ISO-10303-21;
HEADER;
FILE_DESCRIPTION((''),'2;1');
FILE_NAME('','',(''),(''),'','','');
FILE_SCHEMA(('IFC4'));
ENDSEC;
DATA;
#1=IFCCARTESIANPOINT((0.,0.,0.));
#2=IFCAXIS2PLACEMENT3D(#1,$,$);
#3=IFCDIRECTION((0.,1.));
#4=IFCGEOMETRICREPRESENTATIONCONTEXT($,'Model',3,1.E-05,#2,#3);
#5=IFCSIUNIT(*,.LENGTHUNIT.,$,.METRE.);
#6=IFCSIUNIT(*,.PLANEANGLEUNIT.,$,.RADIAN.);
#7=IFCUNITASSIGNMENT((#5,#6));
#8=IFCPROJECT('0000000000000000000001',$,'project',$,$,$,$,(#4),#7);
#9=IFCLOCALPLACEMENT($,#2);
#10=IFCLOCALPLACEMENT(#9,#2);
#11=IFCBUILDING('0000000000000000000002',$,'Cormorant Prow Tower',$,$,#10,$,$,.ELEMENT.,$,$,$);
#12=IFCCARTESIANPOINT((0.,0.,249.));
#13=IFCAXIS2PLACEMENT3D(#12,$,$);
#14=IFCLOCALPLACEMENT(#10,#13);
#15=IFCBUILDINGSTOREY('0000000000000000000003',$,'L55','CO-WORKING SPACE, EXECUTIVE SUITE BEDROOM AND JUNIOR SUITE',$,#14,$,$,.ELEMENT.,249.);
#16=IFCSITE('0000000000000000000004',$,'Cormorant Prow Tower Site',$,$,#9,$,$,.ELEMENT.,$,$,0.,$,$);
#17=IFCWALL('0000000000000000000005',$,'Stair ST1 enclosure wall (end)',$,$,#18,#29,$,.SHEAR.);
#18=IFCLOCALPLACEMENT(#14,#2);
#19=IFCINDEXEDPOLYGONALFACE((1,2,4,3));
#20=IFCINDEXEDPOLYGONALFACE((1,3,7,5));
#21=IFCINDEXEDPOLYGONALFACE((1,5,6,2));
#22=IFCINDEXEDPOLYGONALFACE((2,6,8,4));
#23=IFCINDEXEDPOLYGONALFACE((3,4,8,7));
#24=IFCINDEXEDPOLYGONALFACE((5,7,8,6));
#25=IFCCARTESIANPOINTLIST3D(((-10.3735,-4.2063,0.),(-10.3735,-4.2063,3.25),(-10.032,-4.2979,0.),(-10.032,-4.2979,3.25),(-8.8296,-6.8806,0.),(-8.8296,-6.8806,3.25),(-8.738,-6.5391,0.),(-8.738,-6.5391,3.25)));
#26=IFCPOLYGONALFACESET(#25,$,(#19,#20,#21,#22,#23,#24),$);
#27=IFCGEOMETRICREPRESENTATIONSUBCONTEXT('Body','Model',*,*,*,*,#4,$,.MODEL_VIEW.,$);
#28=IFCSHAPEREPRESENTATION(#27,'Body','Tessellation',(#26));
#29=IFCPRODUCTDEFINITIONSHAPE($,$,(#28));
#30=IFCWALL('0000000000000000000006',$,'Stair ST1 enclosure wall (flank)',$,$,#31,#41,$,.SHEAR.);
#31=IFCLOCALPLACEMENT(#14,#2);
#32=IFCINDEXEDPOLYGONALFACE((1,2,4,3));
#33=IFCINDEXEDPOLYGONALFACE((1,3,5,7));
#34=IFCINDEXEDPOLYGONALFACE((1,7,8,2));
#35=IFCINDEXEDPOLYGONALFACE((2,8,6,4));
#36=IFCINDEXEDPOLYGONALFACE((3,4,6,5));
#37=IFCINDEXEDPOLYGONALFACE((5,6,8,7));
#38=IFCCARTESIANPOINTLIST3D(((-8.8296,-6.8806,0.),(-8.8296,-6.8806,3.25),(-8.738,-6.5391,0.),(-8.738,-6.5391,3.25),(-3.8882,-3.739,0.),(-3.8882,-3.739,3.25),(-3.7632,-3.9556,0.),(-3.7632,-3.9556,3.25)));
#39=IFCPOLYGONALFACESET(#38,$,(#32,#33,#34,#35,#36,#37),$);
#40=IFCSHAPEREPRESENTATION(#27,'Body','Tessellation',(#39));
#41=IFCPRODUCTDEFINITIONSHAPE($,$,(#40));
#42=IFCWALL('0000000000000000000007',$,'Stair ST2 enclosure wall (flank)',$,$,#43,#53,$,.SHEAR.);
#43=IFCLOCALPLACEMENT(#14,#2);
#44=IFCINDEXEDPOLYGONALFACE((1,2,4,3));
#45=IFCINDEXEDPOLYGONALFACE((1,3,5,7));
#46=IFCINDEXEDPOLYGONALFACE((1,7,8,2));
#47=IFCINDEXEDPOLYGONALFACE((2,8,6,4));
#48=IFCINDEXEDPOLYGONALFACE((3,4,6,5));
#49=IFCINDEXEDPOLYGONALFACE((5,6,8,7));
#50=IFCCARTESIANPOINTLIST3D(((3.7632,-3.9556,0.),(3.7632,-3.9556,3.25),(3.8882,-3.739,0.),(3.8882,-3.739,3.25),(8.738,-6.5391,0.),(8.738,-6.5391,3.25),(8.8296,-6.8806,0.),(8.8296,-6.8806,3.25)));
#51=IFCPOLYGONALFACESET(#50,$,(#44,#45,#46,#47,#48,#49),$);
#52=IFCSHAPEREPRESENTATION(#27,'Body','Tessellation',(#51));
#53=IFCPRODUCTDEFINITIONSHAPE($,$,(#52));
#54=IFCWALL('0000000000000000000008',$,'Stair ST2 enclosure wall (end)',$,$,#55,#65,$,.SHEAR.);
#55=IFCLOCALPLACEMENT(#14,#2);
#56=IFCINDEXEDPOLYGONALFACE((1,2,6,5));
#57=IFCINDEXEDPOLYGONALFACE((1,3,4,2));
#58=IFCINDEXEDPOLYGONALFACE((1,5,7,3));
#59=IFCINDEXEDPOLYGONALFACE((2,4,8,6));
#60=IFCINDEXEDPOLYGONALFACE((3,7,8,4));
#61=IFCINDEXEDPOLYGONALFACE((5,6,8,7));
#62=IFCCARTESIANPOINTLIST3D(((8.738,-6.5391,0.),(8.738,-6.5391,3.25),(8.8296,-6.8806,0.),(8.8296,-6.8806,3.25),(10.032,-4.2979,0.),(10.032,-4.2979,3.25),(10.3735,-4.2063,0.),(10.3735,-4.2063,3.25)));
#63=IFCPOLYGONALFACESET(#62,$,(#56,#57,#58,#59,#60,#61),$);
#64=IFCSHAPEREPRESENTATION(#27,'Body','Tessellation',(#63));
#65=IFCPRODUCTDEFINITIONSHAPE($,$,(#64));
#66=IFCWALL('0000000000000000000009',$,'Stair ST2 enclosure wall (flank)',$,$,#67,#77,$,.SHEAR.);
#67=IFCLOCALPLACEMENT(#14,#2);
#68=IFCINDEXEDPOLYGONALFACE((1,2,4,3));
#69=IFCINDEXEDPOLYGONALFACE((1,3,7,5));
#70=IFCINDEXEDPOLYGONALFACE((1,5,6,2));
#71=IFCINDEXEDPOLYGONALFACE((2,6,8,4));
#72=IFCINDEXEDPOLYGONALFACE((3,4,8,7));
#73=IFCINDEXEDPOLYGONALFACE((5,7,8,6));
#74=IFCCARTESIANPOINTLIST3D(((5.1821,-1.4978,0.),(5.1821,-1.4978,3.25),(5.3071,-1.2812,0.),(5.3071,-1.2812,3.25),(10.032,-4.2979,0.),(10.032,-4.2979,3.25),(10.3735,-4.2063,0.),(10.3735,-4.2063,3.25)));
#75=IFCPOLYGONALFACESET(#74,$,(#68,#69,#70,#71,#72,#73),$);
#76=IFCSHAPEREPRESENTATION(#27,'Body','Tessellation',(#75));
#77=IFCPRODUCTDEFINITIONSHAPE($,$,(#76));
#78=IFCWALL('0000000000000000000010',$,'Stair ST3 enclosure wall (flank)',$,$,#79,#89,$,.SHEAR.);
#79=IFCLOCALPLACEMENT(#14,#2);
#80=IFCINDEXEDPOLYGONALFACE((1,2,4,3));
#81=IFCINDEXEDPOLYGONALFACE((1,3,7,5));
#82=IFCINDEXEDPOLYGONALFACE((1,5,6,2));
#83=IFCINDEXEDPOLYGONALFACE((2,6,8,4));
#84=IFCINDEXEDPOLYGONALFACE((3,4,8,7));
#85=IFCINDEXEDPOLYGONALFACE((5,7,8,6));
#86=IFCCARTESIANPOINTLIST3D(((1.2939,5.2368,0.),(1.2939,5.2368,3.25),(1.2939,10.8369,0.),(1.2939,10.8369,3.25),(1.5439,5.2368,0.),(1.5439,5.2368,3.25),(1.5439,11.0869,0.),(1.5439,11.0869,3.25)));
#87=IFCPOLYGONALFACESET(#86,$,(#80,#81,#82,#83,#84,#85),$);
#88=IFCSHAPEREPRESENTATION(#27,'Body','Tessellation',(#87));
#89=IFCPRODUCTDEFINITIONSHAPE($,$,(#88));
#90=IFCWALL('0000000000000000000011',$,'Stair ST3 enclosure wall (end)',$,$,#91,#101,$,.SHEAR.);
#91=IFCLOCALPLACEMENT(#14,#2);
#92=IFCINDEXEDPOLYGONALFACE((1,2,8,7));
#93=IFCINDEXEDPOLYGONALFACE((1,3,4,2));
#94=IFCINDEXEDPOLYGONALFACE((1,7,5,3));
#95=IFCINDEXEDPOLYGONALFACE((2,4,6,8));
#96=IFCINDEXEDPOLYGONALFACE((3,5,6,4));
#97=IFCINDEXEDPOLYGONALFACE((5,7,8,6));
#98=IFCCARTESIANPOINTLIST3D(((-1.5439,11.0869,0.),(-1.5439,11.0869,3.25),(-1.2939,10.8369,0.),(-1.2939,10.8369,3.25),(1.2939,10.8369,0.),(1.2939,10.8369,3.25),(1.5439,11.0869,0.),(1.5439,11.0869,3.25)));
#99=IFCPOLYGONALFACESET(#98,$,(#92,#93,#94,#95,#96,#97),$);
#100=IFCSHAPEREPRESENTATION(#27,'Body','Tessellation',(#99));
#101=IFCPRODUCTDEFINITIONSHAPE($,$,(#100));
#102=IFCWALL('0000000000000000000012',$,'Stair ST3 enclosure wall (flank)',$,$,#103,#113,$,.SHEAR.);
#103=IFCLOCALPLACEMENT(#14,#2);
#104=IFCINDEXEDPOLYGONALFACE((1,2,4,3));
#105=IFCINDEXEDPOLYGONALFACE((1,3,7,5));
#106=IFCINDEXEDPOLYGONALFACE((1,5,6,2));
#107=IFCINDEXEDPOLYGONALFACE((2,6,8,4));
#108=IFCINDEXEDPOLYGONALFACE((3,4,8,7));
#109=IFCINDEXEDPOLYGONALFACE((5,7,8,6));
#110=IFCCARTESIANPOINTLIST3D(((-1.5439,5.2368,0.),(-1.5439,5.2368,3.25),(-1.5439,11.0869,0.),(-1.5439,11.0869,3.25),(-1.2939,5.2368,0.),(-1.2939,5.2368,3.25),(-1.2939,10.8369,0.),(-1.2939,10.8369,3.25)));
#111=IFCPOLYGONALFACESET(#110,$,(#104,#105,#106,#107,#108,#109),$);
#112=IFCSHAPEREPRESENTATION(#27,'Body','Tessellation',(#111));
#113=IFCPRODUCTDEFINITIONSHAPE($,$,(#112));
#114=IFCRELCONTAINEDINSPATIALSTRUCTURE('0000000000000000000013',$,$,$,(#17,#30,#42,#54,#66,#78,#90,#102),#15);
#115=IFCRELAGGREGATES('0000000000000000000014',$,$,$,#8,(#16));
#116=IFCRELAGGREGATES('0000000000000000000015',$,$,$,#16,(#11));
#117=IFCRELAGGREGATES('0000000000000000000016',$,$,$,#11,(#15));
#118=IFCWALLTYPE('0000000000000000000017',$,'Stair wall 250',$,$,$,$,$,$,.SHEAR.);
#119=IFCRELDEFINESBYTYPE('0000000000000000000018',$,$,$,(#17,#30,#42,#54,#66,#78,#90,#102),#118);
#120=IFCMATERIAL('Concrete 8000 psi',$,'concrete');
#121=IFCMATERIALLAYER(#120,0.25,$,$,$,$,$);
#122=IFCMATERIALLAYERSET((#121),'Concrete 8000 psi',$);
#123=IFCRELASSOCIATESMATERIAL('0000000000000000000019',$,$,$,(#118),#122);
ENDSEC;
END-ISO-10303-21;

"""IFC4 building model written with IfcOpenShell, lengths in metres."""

from ifc_helpers import new_model, si_unit, direction, frame, origin, place, context, subcontext, project, spatial, polyline, outline, extrude, material, layer, layer_set, type_object, element, save


model = new_model("IFC4")

# Units and contexts
model_context = context("Model", 3, precision=1e-05, world=origin(), true_north=direction((0.0, 1.0)))
body_context = subcontext(model_context, "Body", "Model", "MODEL_VIEW")
ifc_project = project(units=[si_unit("LENGTHUNIT", "METRE"), si_unit("PLANEANGLEUNIT", "RADIAN")], contexts=[model_context])

# Site, building, storey
site_placement = place(None, origin())
site = spatial("IfcSite", under=ifc_project, at=site_placement, Name="Cormorant Prow Tower Site", CompositionType="ELEMENT", RefElevation=0.0)
building_placement = place(site_placement, origin())
building = spatial("IfcBuilding", under=site, at=building_placement, Name="Cormorant Prow Tower", CompositionType="ELEMENT")
storey_placement = place(building_placement, frame((0.0, 0.0, 249.0)))
storey = spatial("IfcBuildingStorey", under=building, at=storey_placement, Name="L55", Description="CO-WORKING SPACE, EXECUTIVE SUITE BEDROOM AND JUNIOR SUITE", CompositionType="ELEMENT", Elevation=249.0)

# Walls
ifc_material_1 = material(Name="Concrete 8000 psi", Category="concrete")
ifc_layer_1 = layer(ifc_material_1, 0.25)
ifc_layer_set_1 = layer_set([ifc_layer_1], Name="Concrete 8000 psi")
wall_type_1 = type_object("IfcWallType", Name="Stair wall 250", PredefinedType="SHEAR", material=ifc_layer_set_1)
wall_1_placement = place(storey_placement, origin())
element("IfcWall", 1, at=wall_1_placement, inside=storey, type_object=wall_type_1, Name="Stair ST1 enclosure wall (end)", PredefinedType="SHEAR", context=body_context, shape_type="SweptSolid", body=[
    extrude(outline(polyline([(-10.3735, -4.2063), (-8.8296, -6.8806), (-8.738, -6.5391), (-10.032, -4.2979), (-10.3735, -4.2063)])), origin(), (0.0, 0.0, 1.0), 3.25),
])
wall_2_placement = place(storey_placement, origin())
element("IfcWall", 2, at=wall_2_placement, inside=storey, type_object=wall_type_1, Name="Stair ST1 enclosure wall (flank)", PredefinedType="SHEAR", context=body_context, shape_type="SweptSolid", body=[
    extrude(outline(polyline([(-8.738, -6.5391), (-8.8296, -6.8806), (-3.7632, -3.9556), (-3.8882, -3.739), (-8.738, -6.5391)])), origin(), (0.0, 0.0, 1.0), 3.25),
])
wall_3_placement = place(storey_placement, origin())
element("IfcWall", 3, at=wall_3_placement, inside=storey, type_object=wall_type_1, Name="Stair ST2 enclosure wall (flank)", PredefinedType="SHEAR", context=body_context, shape_type="SweptSolid", body=[
    extrude(outline(polyline([(3.7632, -3.9556), (8.8296, -6.8806), (8.738, -6.5391), (3.8882, -3.739), (3.7632, -3.9556)])), origin(), (0.0, 0.0, 1.0), 3.25),
])
wall_4_placement = place(storey_placement, origin())
element("IfcWall", 4, at=wall_4_placement, inside=storey, type_object=wall_type_1, Name="Stair ST2 enclosure wall (end)", PredefinedType="SHEAR", context=body_context, shape_type="SweptSolid", body=[
    extrude(outline(polyline([(8.8296, -6.8806), (10.3735, -4.2063), (10.032, -4.2979), (8.738, -6.5391), (8.8296, -6.8806)])), origin(), (0.0, 0.0, 1.0), 3.25),
])
wall_5_placement = place(storey_placement, origin())
element("IfcWall", 5, at=wall_5_placement, inside=storey, type_object=wall_type_1, Name="Stair ST2 enclosure wall (flank)", PredefinedType="SHEAR", context=body_context, shape_type="SweptSolid", body=[
    extrude(outline(polyline([(10.032, -4.2979), (10.3735, -4.2063), (5.3071, -1.2812), (5.1821, -1.4978), (10.032, -4.2979)])), origin(), (0.0, 0.0, 1.0), 3.25),
])
wall_6_placement = place(storey_placement, origin())
element("IfcWall", 6, at=wall_6_placement, inside=storey, type_object=wall_type_1, Name="Stair ST3 enclosure wall (flank)", PredefinedType="SHEAR", context=body_context, shape_type="SweptSolid", body=[
    extrude(outline(polyline([(1.5439, 5.2368), (1.5439, 11.0869), (1.2939, 10.8369), (1.2939, 5.2368), (1.5439, 5.2368)])), origin(), (0.0, 0.0, 1.0), 3.25),
])
wall_7_placement = place(storey_placement, origin())
element("IfcWall", 7, at=wall_7_placement, inside=storey, type_object=wall_type_1, Name="Stair ST3 enclosure wall (end)", PredefinedType="SHEAR", context=body_context, shape_type="SweptSolid", body=[
    extrude(outline(polyline([(1.5439, 11.0869), (-1.5439, 11.0869), (-1.2939, 10.8369), (1.2939, 10.8369), (1.5439, 11.0869)])), origin(), (0.0, 0.0, 1.0), 3.25),
])
wall_8_placement = place(storey_placement, origin())
element("IfcWall", 8, at=wall_8_placement, inside=storey, type_object=wall_type_1, Name="Stair ST3 enclosure wall (flank)", PredefinedType="SHEAR", context=body_context, shape_type="SweptSolid", body=[
    extrude(outline(polyline([(-1.2939, 10.8369), (-1.5439, 11.0869), (-1.5439, 5.2368), (-1.2939, 5.2368), (-1.2939, 10.8369)])), origin(), (0.0, 0.0, 1.0), 3.25),
])

save(model, "model.ifc")
